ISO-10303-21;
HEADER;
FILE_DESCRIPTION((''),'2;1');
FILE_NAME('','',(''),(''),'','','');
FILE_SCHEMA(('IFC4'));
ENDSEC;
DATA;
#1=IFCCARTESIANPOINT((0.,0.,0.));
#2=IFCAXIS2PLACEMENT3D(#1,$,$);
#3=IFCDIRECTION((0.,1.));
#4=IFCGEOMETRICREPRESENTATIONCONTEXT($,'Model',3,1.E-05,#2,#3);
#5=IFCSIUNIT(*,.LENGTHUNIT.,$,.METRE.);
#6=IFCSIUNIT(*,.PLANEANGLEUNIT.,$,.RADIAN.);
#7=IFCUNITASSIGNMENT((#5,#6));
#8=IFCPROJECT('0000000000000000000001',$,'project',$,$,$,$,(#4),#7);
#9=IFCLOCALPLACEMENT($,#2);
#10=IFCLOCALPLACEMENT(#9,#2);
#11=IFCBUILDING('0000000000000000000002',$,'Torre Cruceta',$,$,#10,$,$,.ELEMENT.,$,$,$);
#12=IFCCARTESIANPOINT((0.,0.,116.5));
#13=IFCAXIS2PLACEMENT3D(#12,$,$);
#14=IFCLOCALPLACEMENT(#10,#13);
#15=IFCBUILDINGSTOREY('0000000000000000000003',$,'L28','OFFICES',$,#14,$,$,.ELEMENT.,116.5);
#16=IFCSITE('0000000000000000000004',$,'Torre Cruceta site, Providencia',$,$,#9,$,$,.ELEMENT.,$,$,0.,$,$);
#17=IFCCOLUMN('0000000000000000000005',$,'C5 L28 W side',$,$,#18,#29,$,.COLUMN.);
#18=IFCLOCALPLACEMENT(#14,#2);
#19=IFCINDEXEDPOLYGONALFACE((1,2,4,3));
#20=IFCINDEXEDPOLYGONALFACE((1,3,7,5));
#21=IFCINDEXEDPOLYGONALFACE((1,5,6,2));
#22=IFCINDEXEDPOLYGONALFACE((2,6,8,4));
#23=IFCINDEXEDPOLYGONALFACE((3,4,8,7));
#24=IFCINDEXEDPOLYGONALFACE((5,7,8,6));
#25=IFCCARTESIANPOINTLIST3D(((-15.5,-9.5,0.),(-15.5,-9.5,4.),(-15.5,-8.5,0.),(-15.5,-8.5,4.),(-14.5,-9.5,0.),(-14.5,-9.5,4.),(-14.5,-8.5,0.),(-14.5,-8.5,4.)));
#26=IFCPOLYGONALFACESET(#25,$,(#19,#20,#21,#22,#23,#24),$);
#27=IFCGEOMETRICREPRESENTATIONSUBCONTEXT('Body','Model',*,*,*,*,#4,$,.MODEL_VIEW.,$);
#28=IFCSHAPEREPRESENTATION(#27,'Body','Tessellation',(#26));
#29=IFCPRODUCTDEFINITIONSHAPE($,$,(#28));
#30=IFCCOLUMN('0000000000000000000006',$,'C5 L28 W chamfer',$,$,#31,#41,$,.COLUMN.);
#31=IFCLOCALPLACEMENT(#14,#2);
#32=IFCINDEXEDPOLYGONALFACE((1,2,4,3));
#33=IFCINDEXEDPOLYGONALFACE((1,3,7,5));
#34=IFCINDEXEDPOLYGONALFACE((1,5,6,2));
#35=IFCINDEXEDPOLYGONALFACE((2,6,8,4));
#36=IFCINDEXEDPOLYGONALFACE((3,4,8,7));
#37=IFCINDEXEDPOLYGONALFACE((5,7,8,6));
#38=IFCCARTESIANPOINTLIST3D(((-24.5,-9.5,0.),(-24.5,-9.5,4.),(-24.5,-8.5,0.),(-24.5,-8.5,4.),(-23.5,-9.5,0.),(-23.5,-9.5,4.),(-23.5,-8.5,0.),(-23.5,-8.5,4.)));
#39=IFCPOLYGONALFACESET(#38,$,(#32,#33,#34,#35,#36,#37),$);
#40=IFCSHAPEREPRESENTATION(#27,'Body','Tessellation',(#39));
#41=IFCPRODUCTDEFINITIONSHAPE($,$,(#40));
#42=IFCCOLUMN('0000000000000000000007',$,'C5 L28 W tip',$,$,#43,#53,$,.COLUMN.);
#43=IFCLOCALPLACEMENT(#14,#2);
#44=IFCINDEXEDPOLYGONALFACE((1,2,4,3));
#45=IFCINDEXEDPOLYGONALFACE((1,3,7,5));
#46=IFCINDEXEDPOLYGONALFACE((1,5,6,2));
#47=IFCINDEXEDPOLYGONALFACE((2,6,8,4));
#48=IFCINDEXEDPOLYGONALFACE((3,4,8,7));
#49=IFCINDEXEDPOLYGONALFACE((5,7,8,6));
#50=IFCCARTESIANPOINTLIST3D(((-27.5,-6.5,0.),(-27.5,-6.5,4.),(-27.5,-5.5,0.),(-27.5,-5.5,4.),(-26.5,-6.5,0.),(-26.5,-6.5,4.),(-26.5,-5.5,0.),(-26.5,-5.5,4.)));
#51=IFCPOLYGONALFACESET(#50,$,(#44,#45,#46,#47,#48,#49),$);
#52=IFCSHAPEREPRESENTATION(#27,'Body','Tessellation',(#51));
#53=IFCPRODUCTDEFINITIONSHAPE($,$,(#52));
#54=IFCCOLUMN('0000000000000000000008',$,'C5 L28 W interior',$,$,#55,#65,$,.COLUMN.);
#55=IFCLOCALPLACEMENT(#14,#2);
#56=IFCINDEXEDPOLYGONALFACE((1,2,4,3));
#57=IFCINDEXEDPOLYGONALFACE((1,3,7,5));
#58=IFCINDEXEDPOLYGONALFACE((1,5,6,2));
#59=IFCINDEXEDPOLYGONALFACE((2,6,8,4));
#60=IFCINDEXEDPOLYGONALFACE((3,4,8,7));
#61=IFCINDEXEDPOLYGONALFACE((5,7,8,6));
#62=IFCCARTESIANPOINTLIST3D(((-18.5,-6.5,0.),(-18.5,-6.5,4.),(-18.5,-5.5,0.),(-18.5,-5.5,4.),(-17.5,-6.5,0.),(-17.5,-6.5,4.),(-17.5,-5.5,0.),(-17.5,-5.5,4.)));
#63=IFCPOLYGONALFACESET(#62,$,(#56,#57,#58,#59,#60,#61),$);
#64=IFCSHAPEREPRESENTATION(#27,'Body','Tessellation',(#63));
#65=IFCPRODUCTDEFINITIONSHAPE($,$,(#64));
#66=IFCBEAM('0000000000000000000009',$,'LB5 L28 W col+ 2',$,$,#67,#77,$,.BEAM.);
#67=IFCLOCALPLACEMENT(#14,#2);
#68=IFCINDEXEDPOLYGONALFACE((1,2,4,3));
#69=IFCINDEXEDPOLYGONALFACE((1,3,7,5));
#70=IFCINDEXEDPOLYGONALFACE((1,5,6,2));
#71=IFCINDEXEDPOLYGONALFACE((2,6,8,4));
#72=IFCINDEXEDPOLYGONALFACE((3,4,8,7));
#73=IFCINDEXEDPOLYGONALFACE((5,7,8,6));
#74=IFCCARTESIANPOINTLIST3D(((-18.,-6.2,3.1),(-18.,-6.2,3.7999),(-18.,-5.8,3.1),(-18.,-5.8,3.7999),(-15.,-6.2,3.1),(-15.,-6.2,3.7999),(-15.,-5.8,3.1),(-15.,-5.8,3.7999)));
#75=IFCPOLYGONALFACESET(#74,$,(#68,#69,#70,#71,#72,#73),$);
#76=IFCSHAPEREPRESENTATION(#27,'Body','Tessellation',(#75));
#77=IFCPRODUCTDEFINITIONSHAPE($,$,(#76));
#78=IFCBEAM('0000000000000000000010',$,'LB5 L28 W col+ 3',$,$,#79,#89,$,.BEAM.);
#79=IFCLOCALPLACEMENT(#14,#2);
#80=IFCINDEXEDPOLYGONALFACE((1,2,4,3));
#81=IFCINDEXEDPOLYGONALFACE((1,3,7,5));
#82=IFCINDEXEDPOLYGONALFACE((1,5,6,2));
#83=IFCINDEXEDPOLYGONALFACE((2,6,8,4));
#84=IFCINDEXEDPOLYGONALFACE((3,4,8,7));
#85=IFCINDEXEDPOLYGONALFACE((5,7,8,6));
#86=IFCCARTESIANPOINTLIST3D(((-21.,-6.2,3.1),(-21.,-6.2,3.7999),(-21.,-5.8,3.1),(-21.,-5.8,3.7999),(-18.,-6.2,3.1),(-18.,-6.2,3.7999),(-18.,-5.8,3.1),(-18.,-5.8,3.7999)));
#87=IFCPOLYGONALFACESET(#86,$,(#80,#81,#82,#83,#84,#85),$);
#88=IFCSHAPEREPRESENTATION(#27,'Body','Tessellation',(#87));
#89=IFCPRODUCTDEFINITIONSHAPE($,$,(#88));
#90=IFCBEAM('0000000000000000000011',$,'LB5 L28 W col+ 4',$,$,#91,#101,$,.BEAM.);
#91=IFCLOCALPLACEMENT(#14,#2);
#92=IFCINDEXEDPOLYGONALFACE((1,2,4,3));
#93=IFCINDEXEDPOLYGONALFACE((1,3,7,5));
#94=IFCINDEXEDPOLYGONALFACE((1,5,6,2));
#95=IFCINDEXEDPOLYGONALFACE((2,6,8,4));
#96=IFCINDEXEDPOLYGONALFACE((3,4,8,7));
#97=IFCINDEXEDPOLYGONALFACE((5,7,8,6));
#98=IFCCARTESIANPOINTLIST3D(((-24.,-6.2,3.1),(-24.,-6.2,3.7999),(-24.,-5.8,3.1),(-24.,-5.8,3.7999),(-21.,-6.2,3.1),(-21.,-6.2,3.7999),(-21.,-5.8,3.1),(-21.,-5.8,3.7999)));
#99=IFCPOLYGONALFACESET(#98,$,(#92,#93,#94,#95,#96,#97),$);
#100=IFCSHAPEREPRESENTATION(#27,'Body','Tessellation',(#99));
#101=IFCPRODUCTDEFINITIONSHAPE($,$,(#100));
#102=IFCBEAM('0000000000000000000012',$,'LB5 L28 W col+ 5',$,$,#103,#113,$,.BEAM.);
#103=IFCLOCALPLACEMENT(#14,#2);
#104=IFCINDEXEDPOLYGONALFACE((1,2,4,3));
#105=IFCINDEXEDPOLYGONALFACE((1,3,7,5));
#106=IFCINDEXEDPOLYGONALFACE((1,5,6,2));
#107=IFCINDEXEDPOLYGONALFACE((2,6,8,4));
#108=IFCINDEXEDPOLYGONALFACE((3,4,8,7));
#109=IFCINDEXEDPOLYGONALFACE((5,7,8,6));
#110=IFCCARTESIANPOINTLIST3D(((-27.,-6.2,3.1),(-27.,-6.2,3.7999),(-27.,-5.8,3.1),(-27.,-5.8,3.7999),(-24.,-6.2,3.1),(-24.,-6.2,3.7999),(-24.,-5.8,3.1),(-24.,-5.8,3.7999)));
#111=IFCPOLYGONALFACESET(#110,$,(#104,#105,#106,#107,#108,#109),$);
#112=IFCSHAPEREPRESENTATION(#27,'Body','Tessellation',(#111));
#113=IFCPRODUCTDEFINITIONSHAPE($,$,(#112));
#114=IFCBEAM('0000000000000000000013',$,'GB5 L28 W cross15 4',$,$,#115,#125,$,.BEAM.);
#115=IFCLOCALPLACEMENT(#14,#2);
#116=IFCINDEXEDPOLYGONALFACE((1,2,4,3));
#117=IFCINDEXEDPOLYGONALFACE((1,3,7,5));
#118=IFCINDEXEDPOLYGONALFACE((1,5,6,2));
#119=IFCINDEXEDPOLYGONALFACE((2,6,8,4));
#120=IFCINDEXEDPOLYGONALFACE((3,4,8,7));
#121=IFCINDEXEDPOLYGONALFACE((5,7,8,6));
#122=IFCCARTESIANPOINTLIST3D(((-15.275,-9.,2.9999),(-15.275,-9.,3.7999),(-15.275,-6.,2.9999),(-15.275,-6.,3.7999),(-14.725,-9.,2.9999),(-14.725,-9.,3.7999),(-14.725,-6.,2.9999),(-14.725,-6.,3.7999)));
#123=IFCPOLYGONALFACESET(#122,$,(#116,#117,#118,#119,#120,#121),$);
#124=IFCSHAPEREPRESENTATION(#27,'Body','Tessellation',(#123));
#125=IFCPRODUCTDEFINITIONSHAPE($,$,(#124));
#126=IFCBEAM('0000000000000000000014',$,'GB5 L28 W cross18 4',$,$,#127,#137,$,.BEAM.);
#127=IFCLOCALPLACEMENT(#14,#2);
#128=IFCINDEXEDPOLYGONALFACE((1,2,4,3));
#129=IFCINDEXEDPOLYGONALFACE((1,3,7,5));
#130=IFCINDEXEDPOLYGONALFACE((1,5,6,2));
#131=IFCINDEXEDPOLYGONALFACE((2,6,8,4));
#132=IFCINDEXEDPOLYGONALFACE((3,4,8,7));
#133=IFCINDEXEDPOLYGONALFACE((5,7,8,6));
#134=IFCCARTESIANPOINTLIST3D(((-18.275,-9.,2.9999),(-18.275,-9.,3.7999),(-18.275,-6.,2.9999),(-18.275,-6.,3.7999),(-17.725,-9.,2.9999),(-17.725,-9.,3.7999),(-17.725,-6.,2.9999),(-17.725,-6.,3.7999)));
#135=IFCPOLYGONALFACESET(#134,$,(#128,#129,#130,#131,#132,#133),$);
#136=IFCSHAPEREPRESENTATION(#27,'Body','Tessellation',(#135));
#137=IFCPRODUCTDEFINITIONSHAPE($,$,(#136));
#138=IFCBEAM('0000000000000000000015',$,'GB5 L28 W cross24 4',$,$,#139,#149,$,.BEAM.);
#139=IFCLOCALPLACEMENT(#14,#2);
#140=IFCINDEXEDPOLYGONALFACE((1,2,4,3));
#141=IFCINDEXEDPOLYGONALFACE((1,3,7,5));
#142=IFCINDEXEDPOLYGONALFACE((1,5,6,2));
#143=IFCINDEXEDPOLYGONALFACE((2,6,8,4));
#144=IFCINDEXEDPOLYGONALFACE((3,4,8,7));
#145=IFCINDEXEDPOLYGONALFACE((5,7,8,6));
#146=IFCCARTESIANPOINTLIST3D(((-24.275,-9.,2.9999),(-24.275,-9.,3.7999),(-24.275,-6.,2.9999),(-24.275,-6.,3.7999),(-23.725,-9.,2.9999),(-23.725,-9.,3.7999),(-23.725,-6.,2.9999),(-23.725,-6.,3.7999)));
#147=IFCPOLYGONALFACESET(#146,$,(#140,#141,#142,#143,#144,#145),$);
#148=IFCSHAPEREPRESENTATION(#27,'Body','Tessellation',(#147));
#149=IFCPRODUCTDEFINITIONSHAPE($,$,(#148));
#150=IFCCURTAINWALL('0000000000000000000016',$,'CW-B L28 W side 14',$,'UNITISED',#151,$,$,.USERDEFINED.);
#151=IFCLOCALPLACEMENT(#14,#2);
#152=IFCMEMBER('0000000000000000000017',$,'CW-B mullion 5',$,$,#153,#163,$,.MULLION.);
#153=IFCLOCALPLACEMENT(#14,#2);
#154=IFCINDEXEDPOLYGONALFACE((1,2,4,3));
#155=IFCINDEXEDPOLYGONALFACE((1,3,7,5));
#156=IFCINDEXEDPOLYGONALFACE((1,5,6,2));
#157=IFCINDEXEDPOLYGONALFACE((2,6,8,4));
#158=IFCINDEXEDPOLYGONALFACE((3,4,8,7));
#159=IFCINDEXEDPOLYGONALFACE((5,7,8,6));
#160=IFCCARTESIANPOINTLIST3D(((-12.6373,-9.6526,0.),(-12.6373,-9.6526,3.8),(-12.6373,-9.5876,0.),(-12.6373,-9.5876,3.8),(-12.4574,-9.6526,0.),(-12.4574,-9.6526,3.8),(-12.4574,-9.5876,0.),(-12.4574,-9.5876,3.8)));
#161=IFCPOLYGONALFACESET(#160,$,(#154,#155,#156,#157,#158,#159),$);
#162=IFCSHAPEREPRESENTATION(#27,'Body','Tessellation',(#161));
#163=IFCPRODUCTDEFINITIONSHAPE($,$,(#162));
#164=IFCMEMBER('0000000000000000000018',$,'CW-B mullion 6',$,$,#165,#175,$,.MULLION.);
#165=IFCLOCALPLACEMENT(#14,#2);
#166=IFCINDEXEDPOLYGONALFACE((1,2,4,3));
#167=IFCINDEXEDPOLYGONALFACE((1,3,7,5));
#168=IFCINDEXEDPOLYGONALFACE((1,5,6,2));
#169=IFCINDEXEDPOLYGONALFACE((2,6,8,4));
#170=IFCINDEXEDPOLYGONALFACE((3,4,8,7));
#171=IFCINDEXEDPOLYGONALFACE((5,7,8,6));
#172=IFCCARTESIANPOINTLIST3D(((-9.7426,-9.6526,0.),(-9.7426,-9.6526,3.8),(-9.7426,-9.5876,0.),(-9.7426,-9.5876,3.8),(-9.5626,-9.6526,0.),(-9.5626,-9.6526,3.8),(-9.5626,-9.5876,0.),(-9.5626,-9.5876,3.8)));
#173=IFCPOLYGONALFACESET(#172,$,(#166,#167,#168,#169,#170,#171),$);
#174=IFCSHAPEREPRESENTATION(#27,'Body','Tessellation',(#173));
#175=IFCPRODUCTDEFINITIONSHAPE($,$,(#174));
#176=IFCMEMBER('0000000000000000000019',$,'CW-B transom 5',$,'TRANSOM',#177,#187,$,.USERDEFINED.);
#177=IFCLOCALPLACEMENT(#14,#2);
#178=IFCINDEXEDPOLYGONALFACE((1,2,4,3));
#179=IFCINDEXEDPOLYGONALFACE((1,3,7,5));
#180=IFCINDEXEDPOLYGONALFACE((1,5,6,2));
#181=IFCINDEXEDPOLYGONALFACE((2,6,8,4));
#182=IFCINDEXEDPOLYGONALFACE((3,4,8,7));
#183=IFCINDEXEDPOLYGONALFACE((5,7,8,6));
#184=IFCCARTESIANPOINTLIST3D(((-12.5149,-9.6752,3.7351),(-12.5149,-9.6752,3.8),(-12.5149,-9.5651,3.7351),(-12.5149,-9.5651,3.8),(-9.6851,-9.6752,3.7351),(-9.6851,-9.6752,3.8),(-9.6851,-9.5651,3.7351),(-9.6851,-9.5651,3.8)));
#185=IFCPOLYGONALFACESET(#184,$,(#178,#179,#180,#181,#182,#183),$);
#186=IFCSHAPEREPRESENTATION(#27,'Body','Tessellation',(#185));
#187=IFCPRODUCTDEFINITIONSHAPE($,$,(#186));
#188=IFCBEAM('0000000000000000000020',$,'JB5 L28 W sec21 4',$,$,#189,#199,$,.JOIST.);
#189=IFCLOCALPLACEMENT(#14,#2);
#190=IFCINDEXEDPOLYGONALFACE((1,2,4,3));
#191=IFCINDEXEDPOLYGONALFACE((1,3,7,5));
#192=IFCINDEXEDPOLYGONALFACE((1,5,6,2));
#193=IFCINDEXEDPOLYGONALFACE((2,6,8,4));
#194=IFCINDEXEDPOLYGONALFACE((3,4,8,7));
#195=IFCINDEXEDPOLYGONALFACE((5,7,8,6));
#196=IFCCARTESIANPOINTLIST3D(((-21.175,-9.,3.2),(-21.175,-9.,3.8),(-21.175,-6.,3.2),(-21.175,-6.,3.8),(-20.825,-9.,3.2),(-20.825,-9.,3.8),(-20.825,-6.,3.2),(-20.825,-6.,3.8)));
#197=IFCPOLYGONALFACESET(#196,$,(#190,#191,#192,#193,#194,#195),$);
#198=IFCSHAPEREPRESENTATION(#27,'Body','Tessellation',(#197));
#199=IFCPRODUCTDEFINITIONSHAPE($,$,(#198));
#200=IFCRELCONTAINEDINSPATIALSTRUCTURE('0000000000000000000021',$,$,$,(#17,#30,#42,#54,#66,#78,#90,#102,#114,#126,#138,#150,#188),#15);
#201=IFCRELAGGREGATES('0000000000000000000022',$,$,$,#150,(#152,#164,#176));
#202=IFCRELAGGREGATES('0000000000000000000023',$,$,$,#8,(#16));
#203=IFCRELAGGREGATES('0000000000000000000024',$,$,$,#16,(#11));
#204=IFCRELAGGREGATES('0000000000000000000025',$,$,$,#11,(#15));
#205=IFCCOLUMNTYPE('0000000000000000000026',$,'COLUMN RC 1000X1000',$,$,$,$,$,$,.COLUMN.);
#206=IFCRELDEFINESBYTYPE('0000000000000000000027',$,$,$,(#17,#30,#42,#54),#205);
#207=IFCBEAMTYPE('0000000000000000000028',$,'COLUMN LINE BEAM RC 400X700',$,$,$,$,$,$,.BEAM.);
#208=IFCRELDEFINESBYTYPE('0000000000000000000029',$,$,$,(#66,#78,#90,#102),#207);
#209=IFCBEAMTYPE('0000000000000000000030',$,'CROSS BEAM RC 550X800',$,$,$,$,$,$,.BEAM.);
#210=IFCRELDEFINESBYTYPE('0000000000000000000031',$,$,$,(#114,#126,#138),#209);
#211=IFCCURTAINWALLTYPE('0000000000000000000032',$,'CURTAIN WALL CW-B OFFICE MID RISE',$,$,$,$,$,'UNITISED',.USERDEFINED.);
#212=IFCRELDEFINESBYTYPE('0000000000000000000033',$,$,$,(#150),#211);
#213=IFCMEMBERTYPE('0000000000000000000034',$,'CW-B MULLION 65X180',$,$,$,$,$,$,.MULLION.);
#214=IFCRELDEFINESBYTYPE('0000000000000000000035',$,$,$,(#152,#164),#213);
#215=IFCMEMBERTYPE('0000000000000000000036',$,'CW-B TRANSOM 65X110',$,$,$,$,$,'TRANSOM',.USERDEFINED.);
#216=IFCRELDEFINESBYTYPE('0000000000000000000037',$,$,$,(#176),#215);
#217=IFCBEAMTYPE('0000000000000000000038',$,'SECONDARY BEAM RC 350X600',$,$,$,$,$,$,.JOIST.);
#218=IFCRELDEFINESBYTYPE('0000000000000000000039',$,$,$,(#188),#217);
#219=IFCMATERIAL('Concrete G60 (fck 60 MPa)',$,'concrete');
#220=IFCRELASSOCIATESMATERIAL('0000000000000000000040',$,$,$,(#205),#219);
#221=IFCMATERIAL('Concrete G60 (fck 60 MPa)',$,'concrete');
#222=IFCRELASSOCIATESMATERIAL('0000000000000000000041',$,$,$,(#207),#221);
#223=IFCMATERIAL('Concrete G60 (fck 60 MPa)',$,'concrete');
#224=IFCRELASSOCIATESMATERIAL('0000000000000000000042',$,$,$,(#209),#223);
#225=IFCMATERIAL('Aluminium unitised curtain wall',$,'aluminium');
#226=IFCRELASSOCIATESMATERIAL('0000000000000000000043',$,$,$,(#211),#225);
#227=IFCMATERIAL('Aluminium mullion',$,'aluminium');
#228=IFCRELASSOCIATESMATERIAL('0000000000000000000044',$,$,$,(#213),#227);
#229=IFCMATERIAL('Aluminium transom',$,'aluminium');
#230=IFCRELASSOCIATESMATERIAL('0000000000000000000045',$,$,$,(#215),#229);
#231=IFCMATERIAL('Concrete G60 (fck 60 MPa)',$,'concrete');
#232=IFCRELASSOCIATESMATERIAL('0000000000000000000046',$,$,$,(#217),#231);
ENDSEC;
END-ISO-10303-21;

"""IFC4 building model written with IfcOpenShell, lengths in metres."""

from ifc_helpers import new_model, si_unit, direction, frame, origin, origin_2d, place, context, subcontext, project, spatial, rectangle, extrude, material, material_profile, profile_set, type_object, element, aggregate, save


model = new_model("IFC4")

# Units and contexts
model_context = context("Model", 3, precision=1e-05, world=origin(), true_north=direction((0.0, 1.0)))
body_context = subcontext(model_context, "Body", "Model", "MODEL_VIEW")
ifc_project = project(units=[si_unit("LENGTHUNIT", "METRE"), si_unit("PLANEANGLEUNIT", "RADIAN")], contexts=[model_context])

# Site, building, storey
site_placement = place(None, origin())
site = spatial("IfcSite", under=ifc_project, at=site_placement, Name="Torre Cruceta site, Providencia", CompositionType="ELEMENT", RefElevation=0.0)
building_placement = place(site_placement, origin())
building = spatial("IfcBuilding", under=site, at=building_placement, Name="Torre Cruceta", CompositionType="ELEMENT")
storey_placement = place(building_placement, frame((0.0, 0.0, 116.5)))
storey = spatial("IfcBuildingStorey", under=building, at=storey_placement, Name="L28", Description="OFFICES", CompositionType="ELEMENT", Elevation=116.5)

# Columns
ifc_material_1 = material(Name="Concrete G60 (fck 60 MPa)", Category="concrete")
ifc_material_profile_1 = material_profile(ifc_material_1, rectangle(XDim=1.0, YDim=1.0, at=origin_2d()), Name="RC 1000X1000")
ifc_profile_set_1 = profile_set([ifc_material_profile_1], Name="Concrete G60 (fck 60 MPa)")
column_type = type_object("IfcColumnType", Name="COLUMN RC 1000X1000", PredefinedType="COLUMN", material=ifc_profile_set_1)
for number, where, z_axis, x_axis, name in (
    (1, (-15.0, -9.0, 0.0), (0.0, 0.0, 1.0), (1.0, 0.0, 0.0), "C5 L28 W side"),
    (2, (-24.0, -9.0, 0.0), (0.0, 0.0, 1.0), (1.0, 0.0, 0.0), "C5 L28 W chamfer"),
    (3, (-27.0, -6.0, 0.0), (0.0, 0.0, 1.0), (1.0, 0.0, 0.0), "C5 L28 W tip"),
    (4, (-18.0, -6.0, 0.0), (0.0, 0.0, 1.0), (1.0, 0.0, 0.0), "C5 L28 W interior"),
):
    element("IfcColumn", number, at=place(storey_placement, frame(where, z_axis=z_axis, x_axis=x_axis)), inside=storey, type_object=column_type, Name=name, PredefinedType="COLUMN", context=body_context, shape_type="SweptSolid", body=[
        extrude(rectangle(XDim=1.0, YDim=1.0, at=origin_2d()), origin(), (0.0, 0.0, 1.0), 4.0),
    ])

# Beams
ifc_material_2 = material(Name="Concrete G60 (fck 60 MPa)", Category="concrete")
ifc_material_profile_2 = material_profile(ifc_material_2, rectangle(XDim=0.3999, YDim=0.7, at=origin_2d()), Name="RC 400X700")
ifc_profile_set_2 = profile_set([ifc_material_profile_2], Name="Concrete G60 (fck 60 MPa)")
beam_type_1 = type_object("IfcBeamType", Name="COLUMN LINE BEAM RC 400X700", PredefinedType="BEAM", material=ifc_profile_set_2)
for number, where, z_axis, x_axis, name in (
    (5, (-15.0, -6.0, 3.45), (-1.0, 0.0, 0.0), (0.0, -1.0, 0.0), "LB5 L28 W col+ 2"),
    (6, (-18.0, -6.0, 3.45), (-1.0, 0.0, 0.0), (0.0, -1.0, 0.0), "LB5 L28 W col+ 3"),
    (7, (-21.0, -6.0, 3.45), (-1.0, 0.0, 0.0), (0.0, -1.0, 0.0), "LB5 L28 W col+ 4"),
    (8, (-24.0, -6.0, 3.45), (-1.0, 0.0, 0.0), (0.0, -1.0, 0.0), "LB5 L28 W col+ 5"),
):
    element("IfcBeam", number, at=place(storey_placement, frame(where, z_axis=z_axis, x_axis=x_axis)), inside=storey, type_object=beam_type_1, Name=name, PredefinedType="BEAM", context=body_context, shape_type="SweptSolid", body=[
        extrude(rectangle(XDim=0.3999, YDim=0.7, at=origin_2d()), origin(), (0.0, 0.0, 1.0), 3.0),
    ])
ifc_material_3 = material(Name="Concrete G60 (fck 60 MPa)", Category="concrete")
ifc_material_profile_3 = material_profile(ifc_material_3, rectangle(XDim=0.55, YDim=0.8, at=origin_2d()), Name="RC 550X800")
ifc_profile_set_3 = profile_set([ifc_material_profile_3], Name="Concrete G60 (fck 60 MPa)")
beam_type_2 = type_object("IfcBeamType", Name="CROSS BEAM RC 550X800", PredefinedType="BEAM", material=ifc_profile_set_3)
for number, where, z_axis, x_axis, name in (
    (9, (-15.0, -6.0, 3.3999), (0.0, -1.0, 0.0), (1.0, 0.0, 0.0), "GB5 L28 W cross15 4"),
    (10, (-18.0, -6.0, 3.3999), (0.0, -1.0, 0.0), (1.0, 0.0, 0.0), "GB5 L28 W cross18 4"),
    (11, (-24.0, -6.0, 3.3999), (0.0, -1.0, 0.0), (1.0, 0.0, 0.0), "GB5 L28 W cross24 4"),
):
    element("IfcBeam", number, at=place(storey_placement, frame(where, z_axis=z_axis, x_axis=x_axis)), inside=storey, type_object=beam_type_2, Name=name, PredefinedType="BEAM", context=body_context, shape_type="SweptSolid", body=[
        extrude(rectangle(XDim=0.55, YDim=0.8, at=origin_2d()), origin(), (0.0, 0.0, 1.0), 3.0),
    ])

# Curtain wall, members
ifc_material_4 = material(Name="Aluminium unitised curtain wall", Category="aluminium")
curtain_wall_type = type_object("IfcCurtainWallType", Name="CURTAIN WALL CW-B OFFICE MID RISE", ElementType="UNITISED", PredefinedType="USERDEFINED", material=ifc_material_4)
curtain_wall_placement = place(storey_placement, origin())
curtain_wall = element("IfcCurtainWall", 12, at=curtain_wall_placement, inside=storey, type_object=curtain_wall_type, Name="CW-B L28 W side 14", ObjectType="UNITISED", PredefinedType="USERDEFINED")
ifc_material_5 = material(Name="Aluminium mullion", Category="aluminium")
ifc_material_profile_4 = material_profile(ifc_material_5, rectangle(XDim=0.0649, YDim=0.1799, at=origin_2d()), Name="AL 65X180")
ifc_profile_set_4 = profile_set([ifc_material_profile_4], Name="Aluminium mullion")
member_type_1 = type_object("IfcMemberType", Name="CW-B MULLION 65X180", PredefinedType="MULLION", material=ifc_profile_set_4)
member_1_placement = place(storey_placement, frame((-12.5474, -9.6201, 0.0), z_axis=(0.0, 0.0, 1.0), x_axis=(0.0, 1.0, 0.0)))
member_1 = element("IfcMember", 13, at=member_1_placement, type_object=member_type_1, Name="CW-B mullion 5", PredefinedType="MULLION", context=body_context, shape_type="SweptSolid", body=[
    extrude(rectangle(XDim=0.0649, YDim=0.1799, at=origin_2d()), origin(), (0.0, 0.0, 1.0), 3.8),
])
member_2_placement = place(storey_placement, frame((-9.6526, -9.6201, 0.0), z_axis=(0.0, 0.0, 1.0), x_axis=(0.0, 1.0, 0.0)))
member_2 = element("IfcMember", 14, at=member_2_placement, type_object=member_type_1, Name="CW-B mullion 6", PredefinedType="MULLION", context=body_context, shape_type="SweptSolid", body=[
    extrude(rectangle(XDim=0.0649, YDim=0.1799, at=origin_2d()), origin(), (0.0, 0.0, 1.0), 3.8),
])
ifc_material_6 = material(Name="Aluminium transom", Category="aluminium")
ifc_material_profile_5 = material_profile(ifc_material_6, rectangle(XDim=0.1101, YDim=0.0649, at=origin_2d()), Name="AL 110X65")
ifc_profile_set_5 = profile_set([ifc_material_profile_5], Name="Aluminium transom")
member_type_2 = type_object("IfcMemberType", Name="CW-B TRANSOM 65X110", ElementType="TRANSOM", PredefinedType="USERDEFINED", material=ifc_profile_set_5)
member_3_placement = place(storey_placement, frame((-12.5149, -9.6201, 3.7676), z_axis=(1.0, 0.0, 0.0), x_axis=(0.0, 1.0, 0.0)))
member_3 = element("IfcMember", 15, at=member_3_placement, type_object=member_type_2, Name="CW-B transom 5", ObjectType="TRANSOM", PredefinedType="USERDEFINED", context=body_context, shape_type="SweptSolid", body=[
    extrude(rectangle(XDim=0.1101, YDim=0.0649, at=origin_2d()), origin(), (0.0, 0.0, 1.0), 2.8298),
])

# Beam
ifc_material_7 = material(Name="Concrete G60 (fck 60 MPa)", Category="concrete")
ifc_material_profile_6 = material_profile(ifc_material_7, rectangle(XDim=0.3501, YDim=0.6001, at=origin_2d()), Name="RC 350X600")
ifc_profile_set_6 = profile_set([ifc_material_profile_6], Name="Concrete G60 (fck 60 MPa)")
beam_type_3 = type_object("IfcBeamType", Name="SECONDARY BEAM RC 350X600", PredefinedType="JOIST", material=ifc_profile_set_6)
beam_1_placement = place(storey_placement, frame((-21.0, -6.0, 3.5), z_axis=(0.0, -1.0, 0.0), x_axis=(1.0, 0.0, 0.0)))
element("IfcBeam", 16, at=beam_1_placement, inside=storey, type_object=beam_type_3, Name="JB5 L28 W sec21 4", PredefinedType="JOIST", context=body_context, shape_type="SweptSolid", body=[
    extrude(rectangle(XDim=0.3501, YDim=0.6001, at=origin_2d()), origin(), (0.0, 0.0, 1.0), 3.0),
])

aggregate(curtain_wall, [member_1, member_2, member_3])

save(model, "model.ifc")
